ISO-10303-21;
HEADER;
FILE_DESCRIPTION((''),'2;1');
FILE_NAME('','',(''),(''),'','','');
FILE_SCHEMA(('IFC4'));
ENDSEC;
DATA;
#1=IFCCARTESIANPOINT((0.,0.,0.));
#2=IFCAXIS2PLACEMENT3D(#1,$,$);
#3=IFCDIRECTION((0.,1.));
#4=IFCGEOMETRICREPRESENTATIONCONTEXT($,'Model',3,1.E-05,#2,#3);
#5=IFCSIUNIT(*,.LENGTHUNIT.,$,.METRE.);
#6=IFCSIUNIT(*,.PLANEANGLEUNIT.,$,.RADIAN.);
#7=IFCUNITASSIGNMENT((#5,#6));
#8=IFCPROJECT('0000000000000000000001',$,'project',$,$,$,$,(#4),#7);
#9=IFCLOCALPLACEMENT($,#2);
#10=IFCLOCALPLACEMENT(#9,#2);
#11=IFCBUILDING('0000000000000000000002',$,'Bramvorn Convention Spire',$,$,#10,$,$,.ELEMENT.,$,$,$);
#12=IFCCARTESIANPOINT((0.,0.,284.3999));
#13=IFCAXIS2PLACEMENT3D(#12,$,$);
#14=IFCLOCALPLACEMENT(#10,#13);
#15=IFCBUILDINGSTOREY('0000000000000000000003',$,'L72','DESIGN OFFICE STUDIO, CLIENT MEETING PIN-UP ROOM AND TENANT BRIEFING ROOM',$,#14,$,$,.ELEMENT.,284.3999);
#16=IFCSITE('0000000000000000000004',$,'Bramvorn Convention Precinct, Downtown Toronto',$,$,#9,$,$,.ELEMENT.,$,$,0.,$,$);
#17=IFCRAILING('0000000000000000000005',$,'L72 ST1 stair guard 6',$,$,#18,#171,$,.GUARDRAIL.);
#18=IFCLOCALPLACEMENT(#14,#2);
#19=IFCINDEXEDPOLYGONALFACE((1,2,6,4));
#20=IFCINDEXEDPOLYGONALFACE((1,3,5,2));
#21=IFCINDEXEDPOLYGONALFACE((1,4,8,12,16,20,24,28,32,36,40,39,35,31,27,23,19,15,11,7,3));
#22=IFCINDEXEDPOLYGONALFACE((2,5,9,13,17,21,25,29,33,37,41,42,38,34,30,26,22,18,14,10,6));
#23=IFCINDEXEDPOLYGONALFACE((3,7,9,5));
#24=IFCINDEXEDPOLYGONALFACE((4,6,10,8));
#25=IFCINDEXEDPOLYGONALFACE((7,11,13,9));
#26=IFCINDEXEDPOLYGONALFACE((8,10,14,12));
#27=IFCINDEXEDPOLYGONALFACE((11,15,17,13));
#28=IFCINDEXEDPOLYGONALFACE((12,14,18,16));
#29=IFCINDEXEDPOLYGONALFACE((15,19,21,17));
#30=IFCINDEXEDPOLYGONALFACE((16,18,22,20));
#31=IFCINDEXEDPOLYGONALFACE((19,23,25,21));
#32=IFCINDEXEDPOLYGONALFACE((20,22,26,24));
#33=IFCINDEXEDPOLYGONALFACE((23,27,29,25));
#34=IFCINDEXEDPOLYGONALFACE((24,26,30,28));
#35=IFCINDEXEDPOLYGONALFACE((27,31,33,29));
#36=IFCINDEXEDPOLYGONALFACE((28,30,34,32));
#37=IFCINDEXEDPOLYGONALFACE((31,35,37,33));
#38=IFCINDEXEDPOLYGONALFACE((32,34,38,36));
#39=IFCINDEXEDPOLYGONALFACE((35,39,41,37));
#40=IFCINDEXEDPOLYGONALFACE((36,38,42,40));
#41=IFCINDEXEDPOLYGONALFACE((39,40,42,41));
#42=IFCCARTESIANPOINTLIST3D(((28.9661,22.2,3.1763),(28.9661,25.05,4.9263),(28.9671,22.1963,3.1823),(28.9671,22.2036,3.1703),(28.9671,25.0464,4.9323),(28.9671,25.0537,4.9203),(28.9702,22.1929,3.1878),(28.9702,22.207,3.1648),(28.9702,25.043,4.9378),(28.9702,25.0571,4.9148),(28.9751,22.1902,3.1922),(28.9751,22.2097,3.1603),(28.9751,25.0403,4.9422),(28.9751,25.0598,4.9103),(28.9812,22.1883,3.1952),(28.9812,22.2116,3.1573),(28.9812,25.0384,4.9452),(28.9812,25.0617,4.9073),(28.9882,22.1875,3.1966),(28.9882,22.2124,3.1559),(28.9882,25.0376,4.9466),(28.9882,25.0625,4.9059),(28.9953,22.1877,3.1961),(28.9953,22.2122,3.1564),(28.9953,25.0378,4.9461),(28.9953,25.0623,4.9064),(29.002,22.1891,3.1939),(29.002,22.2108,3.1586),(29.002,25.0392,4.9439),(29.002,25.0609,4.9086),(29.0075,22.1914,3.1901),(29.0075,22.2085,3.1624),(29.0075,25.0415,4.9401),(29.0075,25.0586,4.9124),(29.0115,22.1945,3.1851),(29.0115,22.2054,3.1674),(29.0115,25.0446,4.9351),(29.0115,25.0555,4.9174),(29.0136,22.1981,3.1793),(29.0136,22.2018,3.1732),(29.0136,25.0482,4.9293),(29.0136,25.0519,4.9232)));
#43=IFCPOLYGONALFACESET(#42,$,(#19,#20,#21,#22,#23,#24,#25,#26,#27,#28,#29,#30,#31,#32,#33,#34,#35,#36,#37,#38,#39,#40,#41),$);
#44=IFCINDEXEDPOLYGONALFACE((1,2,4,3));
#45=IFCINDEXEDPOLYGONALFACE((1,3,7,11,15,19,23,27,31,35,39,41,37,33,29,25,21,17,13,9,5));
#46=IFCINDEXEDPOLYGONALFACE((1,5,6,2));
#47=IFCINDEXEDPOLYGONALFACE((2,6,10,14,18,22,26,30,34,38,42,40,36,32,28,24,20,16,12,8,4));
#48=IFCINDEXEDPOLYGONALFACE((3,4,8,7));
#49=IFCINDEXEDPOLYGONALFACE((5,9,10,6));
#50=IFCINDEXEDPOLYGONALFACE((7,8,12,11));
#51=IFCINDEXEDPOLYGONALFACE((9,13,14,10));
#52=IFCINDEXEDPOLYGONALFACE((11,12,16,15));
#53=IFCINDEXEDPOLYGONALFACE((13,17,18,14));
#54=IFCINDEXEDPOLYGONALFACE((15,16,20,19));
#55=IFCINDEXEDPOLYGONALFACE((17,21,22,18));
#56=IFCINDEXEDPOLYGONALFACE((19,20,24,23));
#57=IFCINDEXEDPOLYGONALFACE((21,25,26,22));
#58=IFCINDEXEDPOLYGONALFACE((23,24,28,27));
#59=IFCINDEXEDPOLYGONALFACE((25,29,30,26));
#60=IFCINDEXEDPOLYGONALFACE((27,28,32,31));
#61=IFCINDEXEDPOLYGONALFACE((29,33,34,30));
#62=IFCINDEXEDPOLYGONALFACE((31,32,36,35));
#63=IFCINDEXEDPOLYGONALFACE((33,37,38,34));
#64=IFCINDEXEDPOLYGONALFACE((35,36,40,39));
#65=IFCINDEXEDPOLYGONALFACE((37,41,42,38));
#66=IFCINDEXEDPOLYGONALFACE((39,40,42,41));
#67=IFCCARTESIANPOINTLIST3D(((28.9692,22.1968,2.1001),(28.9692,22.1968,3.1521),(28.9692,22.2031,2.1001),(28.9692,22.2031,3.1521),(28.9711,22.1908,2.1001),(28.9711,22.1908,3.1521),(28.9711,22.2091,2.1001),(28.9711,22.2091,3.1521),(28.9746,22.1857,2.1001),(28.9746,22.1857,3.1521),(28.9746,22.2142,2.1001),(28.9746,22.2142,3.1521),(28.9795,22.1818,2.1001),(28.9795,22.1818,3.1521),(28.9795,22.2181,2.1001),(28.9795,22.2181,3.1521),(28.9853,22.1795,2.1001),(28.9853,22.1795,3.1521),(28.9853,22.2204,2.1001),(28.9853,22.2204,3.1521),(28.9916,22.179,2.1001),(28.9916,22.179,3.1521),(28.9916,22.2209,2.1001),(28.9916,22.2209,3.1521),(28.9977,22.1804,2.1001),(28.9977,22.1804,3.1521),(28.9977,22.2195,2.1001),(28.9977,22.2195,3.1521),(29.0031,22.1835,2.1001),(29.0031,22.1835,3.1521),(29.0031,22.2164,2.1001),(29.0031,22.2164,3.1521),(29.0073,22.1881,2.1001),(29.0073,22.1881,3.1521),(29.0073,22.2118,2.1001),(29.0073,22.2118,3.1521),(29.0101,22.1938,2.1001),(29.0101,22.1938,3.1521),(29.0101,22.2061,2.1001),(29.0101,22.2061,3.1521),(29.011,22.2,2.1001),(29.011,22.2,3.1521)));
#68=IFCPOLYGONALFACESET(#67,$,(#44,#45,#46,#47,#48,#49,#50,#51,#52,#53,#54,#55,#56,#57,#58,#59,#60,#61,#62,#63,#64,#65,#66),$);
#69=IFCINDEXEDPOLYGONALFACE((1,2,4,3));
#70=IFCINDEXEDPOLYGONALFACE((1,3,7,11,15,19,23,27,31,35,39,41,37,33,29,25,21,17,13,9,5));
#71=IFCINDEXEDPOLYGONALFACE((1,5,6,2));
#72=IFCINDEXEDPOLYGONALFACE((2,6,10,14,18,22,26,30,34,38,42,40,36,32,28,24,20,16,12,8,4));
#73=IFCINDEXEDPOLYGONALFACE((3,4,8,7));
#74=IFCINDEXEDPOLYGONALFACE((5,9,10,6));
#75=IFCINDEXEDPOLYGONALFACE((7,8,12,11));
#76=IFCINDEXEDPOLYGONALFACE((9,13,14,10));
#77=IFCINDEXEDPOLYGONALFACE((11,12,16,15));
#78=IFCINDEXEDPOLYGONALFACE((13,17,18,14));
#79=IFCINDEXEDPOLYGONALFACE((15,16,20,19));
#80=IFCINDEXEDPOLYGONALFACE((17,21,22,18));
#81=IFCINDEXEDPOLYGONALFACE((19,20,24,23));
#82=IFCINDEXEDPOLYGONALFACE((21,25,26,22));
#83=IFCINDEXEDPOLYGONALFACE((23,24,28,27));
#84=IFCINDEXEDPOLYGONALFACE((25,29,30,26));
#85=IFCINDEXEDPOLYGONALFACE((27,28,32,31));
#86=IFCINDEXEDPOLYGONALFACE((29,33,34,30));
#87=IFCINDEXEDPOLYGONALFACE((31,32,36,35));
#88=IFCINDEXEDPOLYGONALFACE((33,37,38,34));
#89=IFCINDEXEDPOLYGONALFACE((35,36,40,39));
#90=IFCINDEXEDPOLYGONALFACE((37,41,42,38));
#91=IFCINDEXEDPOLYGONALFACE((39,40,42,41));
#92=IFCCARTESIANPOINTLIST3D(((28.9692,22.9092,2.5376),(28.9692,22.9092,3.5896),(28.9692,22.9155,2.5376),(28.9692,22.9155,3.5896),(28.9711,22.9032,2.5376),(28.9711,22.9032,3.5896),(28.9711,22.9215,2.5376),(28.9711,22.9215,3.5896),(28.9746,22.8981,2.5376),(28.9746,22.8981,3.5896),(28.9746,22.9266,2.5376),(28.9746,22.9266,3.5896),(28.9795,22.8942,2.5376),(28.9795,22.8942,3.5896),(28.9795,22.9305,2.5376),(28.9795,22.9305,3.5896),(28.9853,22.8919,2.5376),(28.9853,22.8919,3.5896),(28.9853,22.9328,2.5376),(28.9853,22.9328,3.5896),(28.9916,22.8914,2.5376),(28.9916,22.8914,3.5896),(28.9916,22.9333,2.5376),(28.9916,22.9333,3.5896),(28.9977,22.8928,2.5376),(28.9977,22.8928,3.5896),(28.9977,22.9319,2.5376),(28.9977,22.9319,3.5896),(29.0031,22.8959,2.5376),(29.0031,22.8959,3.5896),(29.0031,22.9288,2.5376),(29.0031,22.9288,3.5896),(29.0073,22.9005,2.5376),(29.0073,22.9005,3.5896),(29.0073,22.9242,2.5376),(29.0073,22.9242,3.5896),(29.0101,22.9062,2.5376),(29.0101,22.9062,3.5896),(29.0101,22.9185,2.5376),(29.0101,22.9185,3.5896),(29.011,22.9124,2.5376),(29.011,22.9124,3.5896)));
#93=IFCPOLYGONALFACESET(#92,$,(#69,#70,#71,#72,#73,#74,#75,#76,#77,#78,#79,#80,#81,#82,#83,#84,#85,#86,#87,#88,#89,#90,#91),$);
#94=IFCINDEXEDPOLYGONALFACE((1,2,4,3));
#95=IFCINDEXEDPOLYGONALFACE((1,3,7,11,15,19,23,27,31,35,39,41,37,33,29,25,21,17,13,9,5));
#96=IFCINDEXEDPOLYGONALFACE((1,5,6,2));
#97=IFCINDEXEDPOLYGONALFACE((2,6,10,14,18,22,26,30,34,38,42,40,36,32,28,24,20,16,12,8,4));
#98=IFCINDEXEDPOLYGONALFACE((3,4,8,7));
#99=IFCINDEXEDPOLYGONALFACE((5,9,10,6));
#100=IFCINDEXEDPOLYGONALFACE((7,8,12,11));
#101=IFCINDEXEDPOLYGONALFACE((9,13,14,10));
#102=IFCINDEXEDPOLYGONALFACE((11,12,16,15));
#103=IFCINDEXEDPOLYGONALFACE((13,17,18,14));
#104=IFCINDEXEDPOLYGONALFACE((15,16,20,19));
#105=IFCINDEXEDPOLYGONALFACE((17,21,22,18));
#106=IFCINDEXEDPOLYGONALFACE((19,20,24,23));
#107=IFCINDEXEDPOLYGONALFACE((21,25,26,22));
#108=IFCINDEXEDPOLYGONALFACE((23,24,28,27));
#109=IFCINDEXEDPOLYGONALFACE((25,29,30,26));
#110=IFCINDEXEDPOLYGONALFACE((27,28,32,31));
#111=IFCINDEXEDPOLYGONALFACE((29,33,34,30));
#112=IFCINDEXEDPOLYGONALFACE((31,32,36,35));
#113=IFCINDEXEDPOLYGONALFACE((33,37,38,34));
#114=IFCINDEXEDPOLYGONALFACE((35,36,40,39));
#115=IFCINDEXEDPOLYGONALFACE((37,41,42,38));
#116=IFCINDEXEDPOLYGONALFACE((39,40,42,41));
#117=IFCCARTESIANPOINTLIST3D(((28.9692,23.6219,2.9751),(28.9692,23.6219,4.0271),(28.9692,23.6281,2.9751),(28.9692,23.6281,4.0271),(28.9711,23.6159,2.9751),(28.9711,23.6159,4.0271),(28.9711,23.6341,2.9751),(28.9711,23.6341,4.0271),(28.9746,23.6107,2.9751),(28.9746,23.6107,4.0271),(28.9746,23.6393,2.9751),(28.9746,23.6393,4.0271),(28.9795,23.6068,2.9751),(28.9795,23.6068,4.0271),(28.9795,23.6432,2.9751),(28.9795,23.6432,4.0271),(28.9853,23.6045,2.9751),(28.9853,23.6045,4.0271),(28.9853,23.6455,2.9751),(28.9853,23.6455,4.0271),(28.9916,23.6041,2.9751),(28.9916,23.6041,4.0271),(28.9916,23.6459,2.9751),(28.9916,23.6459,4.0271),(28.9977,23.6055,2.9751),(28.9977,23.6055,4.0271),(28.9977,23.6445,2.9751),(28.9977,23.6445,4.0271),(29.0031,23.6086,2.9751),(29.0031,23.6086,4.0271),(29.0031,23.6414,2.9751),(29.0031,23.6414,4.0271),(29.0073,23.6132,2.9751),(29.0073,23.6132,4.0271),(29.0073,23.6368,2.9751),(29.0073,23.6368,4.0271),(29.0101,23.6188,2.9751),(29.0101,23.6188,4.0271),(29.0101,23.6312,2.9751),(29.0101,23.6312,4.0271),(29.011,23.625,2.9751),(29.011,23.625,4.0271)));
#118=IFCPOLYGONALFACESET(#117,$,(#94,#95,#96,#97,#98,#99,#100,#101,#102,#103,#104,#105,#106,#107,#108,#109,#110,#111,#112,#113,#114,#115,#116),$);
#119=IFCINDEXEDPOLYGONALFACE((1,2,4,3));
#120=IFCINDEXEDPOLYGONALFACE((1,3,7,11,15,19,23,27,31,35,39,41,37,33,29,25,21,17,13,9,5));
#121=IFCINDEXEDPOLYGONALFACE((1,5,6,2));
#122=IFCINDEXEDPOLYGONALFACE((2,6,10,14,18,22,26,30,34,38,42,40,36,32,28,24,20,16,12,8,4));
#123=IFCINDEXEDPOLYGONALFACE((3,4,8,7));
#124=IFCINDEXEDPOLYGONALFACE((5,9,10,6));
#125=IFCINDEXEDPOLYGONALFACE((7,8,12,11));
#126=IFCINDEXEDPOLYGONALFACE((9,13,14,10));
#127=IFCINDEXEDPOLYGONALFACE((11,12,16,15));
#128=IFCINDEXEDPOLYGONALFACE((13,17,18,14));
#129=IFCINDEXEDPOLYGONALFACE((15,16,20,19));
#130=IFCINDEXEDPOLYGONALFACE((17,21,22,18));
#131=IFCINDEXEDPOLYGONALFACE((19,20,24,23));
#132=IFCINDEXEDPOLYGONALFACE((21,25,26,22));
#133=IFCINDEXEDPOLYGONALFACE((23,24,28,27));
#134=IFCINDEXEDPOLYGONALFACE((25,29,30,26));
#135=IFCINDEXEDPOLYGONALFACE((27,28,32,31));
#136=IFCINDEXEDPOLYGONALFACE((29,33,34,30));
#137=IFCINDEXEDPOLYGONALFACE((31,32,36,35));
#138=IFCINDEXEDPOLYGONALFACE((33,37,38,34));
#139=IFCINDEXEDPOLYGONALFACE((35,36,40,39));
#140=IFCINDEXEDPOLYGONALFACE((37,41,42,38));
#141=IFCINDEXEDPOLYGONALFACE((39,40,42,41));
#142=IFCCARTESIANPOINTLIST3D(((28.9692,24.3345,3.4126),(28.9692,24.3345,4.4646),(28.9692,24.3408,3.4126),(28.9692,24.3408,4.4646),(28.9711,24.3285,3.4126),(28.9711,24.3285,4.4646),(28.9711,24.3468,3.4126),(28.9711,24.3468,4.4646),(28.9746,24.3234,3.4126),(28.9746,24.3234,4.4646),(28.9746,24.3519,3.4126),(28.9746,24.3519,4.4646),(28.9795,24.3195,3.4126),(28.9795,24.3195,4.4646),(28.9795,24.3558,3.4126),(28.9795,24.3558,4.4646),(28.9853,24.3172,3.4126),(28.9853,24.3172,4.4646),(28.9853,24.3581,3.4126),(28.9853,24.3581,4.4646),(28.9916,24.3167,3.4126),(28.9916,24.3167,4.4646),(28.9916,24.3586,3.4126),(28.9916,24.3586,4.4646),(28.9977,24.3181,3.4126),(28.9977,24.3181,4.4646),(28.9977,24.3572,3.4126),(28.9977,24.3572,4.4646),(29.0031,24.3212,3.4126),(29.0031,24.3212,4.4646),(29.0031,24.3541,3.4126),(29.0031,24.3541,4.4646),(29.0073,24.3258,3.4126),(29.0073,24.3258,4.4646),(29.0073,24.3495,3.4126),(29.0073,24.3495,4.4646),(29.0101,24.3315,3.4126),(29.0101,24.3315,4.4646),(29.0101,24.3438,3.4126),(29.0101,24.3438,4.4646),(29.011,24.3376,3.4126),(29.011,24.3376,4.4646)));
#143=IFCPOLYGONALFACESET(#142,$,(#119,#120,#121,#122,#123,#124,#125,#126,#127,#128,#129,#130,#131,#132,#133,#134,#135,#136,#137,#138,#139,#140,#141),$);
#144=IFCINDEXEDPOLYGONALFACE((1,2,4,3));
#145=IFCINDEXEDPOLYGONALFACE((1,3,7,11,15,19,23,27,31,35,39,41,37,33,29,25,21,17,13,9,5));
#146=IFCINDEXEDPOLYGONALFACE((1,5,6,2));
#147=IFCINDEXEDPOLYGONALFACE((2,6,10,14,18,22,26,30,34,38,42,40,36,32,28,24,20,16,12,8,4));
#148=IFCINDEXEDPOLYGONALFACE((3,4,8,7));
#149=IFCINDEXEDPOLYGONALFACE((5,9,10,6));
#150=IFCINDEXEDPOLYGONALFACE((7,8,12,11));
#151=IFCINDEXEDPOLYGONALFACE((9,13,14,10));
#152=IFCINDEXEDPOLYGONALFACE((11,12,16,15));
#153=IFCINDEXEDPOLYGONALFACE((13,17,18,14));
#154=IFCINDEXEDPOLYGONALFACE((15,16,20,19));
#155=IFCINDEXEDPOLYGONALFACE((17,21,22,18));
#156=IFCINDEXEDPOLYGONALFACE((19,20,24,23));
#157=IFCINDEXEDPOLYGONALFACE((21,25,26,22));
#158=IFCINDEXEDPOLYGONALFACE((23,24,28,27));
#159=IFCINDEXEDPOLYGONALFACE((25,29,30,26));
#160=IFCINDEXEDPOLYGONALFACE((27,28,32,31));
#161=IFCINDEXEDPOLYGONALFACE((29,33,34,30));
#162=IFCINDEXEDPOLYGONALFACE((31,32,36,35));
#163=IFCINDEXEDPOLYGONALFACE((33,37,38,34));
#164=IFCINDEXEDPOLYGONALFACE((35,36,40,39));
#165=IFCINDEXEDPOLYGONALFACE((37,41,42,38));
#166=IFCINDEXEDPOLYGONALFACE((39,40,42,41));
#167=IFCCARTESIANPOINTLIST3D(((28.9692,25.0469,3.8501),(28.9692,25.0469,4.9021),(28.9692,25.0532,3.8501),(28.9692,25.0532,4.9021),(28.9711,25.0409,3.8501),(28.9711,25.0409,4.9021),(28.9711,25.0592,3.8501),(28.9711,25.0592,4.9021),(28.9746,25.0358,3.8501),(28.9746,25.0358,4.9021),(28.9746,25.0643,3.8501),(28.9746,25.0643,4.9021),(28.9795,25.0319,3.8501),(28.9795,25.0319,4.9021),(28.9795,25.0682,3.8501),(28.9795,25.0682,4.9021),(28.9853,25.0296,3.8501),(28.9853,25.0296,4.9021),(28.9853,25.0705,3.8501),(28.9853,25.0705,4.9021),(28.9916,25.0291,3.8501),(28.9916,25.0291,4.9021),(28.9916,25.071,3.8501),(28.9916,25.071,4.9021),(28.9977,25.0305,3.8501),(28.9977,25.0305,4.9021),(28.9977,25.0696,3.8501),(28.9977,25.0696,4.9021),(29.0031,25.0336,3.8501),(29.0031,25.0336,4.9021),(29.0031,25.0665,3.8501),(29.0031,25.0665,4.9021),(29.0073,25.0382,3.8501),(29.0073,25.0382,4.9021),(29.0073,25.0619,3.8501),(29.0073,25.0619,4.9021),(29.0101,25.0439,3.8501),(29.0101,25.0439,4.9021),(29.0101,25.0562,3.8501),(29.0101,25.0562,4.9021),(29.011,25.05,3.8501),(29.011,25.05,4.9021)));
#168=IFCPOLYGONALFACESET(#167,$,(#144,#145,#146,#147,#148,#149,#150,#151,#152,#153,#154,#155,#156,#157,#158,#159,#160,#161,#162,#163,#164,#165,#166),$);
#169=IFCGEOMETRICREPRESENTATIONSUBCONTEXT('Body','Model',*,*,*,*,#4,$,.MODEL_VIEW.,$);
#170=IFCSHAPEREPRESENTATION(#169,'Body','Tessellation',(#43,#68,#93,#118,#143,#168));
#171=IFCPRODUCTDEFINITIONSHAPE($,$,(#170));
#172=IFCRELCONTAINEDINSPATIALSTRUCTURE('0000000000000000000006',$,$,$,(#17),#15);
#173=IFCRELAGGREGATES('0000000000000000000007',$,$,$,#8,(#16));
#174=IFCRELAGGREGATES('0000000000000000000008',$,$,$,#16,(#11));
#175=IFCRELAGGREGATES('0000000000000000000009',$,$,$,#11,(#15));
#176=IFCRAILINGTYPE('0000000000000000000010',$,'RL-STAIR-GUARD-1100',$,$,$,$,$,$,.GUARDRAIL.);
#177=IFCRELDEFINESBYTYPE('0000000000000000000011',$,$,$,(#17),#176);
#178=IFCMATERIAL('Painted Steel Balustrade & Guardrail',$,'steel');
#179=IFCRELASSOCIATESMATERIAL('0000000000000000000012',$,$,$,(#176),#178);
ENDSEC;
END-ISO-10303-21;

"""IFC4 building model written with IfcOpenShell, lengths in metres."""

from ifc_helpers import new_model, si_unit, direction, frame, origin, origin_2d, place, context, subcontext, project, spatial, circle, extrude, material, type_object, element, save


model = new_model("IFC4")

# Units and contexts
model_context = context("Model", 3, precision=1e-05, world=origin(), true_north=direction((0.0, 1.0)))
body_context = subcontext(model_context, "Body", "Model", "MODEL_VIEW")
ifc_project = project(units=[si_unit("LENGTHUNIT", "METRE"), si_unit("PLANEANGLEUNIT", "RADIAN")], contexts=[model_context])

# Site, building, storey
site_placement = place(None, origin())
site = spatial("IfcSite", under=ifc_project, at=site_placement, Name="Bramvorn Convention Precinct, Downtown Toronto", CompositionType="ELEMENT", RefElevation=0.0)
building_placement = place(site_placement, origin())
building = spatial("IfcBuilding", under=site, at=building_placement, Name="Bramvorn Convention Spire", CompositionType="ELEMENT")
storey_placement = place(building_placement, frame((0.0, 0.0, 284.3999)))
storey = spatial("IfcBuildingStorey", under=building, at=storey_placement, Name="L72", Description="DESIGN OFFICE STUDIO, CLIENT MEETING PIN-UP ROOM AND TENANT BRIEFING ROOM", CompositionType="ELEMENT", Elevation=284.3999)

# Railing
ifc_material_1 = material(Name="Painted Steel Balustrade & Guardrail", Category="steel")
railing_type_1 = type_object("IfcRailingType", Name="RL-STAIR-GUARD-1100", PredefinedType="GUARDRAIL", material=ifc_material_1)
railing_1_placement = place(storey_placement, frame((28.99, 22.2, 2.1001)))
element("IfcRailing", 1, at=railing_1_placement, inside=storey, type_object=railing_type_1, Name="L72 ST1 stair guard 6", PredefinedType="GUARDRAIL", context=body_context, shape_type="SweptSolid", body=[
    extrude(circle(Radius=0.0239, at=origin_2d()), frame((0.0, 0.0, 1.0762), z_axis=(0.0, 0.852179, 0.52325), x_axis=(-1.0, 0.0, 0.0)), (0.0, 0.0, 1.0), 3.3445),
    extrude(circle(Radius=0.021, at=origin_2d()), origin(), (0.0, 0.0, 1.0), 1.052),
    extrude(circle(Radius=0.021, at=origin_2d()), frame((0.0, 0.7124, 0.4375)), (0.0, 0.0, 1.0), 1.052),
    extrude(circle(Radius=0.021, at=origin_2d()), frame((0.0, 1.425, 0.875)), (0.0, 0.0, 1.0), 1.052),
    extrude(circle(Radius=0.021, at=origin_2d()), frame((0.0, 2.1377, 1.3125)), (0.0, 0.0, 1.0), 1.052),
    extrude(circle(Radius=0.021, at=origin_2d()), frame((0.0, 2.8501, 1.75)), (0.0, 0.0, 1.0), 1.052),
])

save(model, "model.ifc")
